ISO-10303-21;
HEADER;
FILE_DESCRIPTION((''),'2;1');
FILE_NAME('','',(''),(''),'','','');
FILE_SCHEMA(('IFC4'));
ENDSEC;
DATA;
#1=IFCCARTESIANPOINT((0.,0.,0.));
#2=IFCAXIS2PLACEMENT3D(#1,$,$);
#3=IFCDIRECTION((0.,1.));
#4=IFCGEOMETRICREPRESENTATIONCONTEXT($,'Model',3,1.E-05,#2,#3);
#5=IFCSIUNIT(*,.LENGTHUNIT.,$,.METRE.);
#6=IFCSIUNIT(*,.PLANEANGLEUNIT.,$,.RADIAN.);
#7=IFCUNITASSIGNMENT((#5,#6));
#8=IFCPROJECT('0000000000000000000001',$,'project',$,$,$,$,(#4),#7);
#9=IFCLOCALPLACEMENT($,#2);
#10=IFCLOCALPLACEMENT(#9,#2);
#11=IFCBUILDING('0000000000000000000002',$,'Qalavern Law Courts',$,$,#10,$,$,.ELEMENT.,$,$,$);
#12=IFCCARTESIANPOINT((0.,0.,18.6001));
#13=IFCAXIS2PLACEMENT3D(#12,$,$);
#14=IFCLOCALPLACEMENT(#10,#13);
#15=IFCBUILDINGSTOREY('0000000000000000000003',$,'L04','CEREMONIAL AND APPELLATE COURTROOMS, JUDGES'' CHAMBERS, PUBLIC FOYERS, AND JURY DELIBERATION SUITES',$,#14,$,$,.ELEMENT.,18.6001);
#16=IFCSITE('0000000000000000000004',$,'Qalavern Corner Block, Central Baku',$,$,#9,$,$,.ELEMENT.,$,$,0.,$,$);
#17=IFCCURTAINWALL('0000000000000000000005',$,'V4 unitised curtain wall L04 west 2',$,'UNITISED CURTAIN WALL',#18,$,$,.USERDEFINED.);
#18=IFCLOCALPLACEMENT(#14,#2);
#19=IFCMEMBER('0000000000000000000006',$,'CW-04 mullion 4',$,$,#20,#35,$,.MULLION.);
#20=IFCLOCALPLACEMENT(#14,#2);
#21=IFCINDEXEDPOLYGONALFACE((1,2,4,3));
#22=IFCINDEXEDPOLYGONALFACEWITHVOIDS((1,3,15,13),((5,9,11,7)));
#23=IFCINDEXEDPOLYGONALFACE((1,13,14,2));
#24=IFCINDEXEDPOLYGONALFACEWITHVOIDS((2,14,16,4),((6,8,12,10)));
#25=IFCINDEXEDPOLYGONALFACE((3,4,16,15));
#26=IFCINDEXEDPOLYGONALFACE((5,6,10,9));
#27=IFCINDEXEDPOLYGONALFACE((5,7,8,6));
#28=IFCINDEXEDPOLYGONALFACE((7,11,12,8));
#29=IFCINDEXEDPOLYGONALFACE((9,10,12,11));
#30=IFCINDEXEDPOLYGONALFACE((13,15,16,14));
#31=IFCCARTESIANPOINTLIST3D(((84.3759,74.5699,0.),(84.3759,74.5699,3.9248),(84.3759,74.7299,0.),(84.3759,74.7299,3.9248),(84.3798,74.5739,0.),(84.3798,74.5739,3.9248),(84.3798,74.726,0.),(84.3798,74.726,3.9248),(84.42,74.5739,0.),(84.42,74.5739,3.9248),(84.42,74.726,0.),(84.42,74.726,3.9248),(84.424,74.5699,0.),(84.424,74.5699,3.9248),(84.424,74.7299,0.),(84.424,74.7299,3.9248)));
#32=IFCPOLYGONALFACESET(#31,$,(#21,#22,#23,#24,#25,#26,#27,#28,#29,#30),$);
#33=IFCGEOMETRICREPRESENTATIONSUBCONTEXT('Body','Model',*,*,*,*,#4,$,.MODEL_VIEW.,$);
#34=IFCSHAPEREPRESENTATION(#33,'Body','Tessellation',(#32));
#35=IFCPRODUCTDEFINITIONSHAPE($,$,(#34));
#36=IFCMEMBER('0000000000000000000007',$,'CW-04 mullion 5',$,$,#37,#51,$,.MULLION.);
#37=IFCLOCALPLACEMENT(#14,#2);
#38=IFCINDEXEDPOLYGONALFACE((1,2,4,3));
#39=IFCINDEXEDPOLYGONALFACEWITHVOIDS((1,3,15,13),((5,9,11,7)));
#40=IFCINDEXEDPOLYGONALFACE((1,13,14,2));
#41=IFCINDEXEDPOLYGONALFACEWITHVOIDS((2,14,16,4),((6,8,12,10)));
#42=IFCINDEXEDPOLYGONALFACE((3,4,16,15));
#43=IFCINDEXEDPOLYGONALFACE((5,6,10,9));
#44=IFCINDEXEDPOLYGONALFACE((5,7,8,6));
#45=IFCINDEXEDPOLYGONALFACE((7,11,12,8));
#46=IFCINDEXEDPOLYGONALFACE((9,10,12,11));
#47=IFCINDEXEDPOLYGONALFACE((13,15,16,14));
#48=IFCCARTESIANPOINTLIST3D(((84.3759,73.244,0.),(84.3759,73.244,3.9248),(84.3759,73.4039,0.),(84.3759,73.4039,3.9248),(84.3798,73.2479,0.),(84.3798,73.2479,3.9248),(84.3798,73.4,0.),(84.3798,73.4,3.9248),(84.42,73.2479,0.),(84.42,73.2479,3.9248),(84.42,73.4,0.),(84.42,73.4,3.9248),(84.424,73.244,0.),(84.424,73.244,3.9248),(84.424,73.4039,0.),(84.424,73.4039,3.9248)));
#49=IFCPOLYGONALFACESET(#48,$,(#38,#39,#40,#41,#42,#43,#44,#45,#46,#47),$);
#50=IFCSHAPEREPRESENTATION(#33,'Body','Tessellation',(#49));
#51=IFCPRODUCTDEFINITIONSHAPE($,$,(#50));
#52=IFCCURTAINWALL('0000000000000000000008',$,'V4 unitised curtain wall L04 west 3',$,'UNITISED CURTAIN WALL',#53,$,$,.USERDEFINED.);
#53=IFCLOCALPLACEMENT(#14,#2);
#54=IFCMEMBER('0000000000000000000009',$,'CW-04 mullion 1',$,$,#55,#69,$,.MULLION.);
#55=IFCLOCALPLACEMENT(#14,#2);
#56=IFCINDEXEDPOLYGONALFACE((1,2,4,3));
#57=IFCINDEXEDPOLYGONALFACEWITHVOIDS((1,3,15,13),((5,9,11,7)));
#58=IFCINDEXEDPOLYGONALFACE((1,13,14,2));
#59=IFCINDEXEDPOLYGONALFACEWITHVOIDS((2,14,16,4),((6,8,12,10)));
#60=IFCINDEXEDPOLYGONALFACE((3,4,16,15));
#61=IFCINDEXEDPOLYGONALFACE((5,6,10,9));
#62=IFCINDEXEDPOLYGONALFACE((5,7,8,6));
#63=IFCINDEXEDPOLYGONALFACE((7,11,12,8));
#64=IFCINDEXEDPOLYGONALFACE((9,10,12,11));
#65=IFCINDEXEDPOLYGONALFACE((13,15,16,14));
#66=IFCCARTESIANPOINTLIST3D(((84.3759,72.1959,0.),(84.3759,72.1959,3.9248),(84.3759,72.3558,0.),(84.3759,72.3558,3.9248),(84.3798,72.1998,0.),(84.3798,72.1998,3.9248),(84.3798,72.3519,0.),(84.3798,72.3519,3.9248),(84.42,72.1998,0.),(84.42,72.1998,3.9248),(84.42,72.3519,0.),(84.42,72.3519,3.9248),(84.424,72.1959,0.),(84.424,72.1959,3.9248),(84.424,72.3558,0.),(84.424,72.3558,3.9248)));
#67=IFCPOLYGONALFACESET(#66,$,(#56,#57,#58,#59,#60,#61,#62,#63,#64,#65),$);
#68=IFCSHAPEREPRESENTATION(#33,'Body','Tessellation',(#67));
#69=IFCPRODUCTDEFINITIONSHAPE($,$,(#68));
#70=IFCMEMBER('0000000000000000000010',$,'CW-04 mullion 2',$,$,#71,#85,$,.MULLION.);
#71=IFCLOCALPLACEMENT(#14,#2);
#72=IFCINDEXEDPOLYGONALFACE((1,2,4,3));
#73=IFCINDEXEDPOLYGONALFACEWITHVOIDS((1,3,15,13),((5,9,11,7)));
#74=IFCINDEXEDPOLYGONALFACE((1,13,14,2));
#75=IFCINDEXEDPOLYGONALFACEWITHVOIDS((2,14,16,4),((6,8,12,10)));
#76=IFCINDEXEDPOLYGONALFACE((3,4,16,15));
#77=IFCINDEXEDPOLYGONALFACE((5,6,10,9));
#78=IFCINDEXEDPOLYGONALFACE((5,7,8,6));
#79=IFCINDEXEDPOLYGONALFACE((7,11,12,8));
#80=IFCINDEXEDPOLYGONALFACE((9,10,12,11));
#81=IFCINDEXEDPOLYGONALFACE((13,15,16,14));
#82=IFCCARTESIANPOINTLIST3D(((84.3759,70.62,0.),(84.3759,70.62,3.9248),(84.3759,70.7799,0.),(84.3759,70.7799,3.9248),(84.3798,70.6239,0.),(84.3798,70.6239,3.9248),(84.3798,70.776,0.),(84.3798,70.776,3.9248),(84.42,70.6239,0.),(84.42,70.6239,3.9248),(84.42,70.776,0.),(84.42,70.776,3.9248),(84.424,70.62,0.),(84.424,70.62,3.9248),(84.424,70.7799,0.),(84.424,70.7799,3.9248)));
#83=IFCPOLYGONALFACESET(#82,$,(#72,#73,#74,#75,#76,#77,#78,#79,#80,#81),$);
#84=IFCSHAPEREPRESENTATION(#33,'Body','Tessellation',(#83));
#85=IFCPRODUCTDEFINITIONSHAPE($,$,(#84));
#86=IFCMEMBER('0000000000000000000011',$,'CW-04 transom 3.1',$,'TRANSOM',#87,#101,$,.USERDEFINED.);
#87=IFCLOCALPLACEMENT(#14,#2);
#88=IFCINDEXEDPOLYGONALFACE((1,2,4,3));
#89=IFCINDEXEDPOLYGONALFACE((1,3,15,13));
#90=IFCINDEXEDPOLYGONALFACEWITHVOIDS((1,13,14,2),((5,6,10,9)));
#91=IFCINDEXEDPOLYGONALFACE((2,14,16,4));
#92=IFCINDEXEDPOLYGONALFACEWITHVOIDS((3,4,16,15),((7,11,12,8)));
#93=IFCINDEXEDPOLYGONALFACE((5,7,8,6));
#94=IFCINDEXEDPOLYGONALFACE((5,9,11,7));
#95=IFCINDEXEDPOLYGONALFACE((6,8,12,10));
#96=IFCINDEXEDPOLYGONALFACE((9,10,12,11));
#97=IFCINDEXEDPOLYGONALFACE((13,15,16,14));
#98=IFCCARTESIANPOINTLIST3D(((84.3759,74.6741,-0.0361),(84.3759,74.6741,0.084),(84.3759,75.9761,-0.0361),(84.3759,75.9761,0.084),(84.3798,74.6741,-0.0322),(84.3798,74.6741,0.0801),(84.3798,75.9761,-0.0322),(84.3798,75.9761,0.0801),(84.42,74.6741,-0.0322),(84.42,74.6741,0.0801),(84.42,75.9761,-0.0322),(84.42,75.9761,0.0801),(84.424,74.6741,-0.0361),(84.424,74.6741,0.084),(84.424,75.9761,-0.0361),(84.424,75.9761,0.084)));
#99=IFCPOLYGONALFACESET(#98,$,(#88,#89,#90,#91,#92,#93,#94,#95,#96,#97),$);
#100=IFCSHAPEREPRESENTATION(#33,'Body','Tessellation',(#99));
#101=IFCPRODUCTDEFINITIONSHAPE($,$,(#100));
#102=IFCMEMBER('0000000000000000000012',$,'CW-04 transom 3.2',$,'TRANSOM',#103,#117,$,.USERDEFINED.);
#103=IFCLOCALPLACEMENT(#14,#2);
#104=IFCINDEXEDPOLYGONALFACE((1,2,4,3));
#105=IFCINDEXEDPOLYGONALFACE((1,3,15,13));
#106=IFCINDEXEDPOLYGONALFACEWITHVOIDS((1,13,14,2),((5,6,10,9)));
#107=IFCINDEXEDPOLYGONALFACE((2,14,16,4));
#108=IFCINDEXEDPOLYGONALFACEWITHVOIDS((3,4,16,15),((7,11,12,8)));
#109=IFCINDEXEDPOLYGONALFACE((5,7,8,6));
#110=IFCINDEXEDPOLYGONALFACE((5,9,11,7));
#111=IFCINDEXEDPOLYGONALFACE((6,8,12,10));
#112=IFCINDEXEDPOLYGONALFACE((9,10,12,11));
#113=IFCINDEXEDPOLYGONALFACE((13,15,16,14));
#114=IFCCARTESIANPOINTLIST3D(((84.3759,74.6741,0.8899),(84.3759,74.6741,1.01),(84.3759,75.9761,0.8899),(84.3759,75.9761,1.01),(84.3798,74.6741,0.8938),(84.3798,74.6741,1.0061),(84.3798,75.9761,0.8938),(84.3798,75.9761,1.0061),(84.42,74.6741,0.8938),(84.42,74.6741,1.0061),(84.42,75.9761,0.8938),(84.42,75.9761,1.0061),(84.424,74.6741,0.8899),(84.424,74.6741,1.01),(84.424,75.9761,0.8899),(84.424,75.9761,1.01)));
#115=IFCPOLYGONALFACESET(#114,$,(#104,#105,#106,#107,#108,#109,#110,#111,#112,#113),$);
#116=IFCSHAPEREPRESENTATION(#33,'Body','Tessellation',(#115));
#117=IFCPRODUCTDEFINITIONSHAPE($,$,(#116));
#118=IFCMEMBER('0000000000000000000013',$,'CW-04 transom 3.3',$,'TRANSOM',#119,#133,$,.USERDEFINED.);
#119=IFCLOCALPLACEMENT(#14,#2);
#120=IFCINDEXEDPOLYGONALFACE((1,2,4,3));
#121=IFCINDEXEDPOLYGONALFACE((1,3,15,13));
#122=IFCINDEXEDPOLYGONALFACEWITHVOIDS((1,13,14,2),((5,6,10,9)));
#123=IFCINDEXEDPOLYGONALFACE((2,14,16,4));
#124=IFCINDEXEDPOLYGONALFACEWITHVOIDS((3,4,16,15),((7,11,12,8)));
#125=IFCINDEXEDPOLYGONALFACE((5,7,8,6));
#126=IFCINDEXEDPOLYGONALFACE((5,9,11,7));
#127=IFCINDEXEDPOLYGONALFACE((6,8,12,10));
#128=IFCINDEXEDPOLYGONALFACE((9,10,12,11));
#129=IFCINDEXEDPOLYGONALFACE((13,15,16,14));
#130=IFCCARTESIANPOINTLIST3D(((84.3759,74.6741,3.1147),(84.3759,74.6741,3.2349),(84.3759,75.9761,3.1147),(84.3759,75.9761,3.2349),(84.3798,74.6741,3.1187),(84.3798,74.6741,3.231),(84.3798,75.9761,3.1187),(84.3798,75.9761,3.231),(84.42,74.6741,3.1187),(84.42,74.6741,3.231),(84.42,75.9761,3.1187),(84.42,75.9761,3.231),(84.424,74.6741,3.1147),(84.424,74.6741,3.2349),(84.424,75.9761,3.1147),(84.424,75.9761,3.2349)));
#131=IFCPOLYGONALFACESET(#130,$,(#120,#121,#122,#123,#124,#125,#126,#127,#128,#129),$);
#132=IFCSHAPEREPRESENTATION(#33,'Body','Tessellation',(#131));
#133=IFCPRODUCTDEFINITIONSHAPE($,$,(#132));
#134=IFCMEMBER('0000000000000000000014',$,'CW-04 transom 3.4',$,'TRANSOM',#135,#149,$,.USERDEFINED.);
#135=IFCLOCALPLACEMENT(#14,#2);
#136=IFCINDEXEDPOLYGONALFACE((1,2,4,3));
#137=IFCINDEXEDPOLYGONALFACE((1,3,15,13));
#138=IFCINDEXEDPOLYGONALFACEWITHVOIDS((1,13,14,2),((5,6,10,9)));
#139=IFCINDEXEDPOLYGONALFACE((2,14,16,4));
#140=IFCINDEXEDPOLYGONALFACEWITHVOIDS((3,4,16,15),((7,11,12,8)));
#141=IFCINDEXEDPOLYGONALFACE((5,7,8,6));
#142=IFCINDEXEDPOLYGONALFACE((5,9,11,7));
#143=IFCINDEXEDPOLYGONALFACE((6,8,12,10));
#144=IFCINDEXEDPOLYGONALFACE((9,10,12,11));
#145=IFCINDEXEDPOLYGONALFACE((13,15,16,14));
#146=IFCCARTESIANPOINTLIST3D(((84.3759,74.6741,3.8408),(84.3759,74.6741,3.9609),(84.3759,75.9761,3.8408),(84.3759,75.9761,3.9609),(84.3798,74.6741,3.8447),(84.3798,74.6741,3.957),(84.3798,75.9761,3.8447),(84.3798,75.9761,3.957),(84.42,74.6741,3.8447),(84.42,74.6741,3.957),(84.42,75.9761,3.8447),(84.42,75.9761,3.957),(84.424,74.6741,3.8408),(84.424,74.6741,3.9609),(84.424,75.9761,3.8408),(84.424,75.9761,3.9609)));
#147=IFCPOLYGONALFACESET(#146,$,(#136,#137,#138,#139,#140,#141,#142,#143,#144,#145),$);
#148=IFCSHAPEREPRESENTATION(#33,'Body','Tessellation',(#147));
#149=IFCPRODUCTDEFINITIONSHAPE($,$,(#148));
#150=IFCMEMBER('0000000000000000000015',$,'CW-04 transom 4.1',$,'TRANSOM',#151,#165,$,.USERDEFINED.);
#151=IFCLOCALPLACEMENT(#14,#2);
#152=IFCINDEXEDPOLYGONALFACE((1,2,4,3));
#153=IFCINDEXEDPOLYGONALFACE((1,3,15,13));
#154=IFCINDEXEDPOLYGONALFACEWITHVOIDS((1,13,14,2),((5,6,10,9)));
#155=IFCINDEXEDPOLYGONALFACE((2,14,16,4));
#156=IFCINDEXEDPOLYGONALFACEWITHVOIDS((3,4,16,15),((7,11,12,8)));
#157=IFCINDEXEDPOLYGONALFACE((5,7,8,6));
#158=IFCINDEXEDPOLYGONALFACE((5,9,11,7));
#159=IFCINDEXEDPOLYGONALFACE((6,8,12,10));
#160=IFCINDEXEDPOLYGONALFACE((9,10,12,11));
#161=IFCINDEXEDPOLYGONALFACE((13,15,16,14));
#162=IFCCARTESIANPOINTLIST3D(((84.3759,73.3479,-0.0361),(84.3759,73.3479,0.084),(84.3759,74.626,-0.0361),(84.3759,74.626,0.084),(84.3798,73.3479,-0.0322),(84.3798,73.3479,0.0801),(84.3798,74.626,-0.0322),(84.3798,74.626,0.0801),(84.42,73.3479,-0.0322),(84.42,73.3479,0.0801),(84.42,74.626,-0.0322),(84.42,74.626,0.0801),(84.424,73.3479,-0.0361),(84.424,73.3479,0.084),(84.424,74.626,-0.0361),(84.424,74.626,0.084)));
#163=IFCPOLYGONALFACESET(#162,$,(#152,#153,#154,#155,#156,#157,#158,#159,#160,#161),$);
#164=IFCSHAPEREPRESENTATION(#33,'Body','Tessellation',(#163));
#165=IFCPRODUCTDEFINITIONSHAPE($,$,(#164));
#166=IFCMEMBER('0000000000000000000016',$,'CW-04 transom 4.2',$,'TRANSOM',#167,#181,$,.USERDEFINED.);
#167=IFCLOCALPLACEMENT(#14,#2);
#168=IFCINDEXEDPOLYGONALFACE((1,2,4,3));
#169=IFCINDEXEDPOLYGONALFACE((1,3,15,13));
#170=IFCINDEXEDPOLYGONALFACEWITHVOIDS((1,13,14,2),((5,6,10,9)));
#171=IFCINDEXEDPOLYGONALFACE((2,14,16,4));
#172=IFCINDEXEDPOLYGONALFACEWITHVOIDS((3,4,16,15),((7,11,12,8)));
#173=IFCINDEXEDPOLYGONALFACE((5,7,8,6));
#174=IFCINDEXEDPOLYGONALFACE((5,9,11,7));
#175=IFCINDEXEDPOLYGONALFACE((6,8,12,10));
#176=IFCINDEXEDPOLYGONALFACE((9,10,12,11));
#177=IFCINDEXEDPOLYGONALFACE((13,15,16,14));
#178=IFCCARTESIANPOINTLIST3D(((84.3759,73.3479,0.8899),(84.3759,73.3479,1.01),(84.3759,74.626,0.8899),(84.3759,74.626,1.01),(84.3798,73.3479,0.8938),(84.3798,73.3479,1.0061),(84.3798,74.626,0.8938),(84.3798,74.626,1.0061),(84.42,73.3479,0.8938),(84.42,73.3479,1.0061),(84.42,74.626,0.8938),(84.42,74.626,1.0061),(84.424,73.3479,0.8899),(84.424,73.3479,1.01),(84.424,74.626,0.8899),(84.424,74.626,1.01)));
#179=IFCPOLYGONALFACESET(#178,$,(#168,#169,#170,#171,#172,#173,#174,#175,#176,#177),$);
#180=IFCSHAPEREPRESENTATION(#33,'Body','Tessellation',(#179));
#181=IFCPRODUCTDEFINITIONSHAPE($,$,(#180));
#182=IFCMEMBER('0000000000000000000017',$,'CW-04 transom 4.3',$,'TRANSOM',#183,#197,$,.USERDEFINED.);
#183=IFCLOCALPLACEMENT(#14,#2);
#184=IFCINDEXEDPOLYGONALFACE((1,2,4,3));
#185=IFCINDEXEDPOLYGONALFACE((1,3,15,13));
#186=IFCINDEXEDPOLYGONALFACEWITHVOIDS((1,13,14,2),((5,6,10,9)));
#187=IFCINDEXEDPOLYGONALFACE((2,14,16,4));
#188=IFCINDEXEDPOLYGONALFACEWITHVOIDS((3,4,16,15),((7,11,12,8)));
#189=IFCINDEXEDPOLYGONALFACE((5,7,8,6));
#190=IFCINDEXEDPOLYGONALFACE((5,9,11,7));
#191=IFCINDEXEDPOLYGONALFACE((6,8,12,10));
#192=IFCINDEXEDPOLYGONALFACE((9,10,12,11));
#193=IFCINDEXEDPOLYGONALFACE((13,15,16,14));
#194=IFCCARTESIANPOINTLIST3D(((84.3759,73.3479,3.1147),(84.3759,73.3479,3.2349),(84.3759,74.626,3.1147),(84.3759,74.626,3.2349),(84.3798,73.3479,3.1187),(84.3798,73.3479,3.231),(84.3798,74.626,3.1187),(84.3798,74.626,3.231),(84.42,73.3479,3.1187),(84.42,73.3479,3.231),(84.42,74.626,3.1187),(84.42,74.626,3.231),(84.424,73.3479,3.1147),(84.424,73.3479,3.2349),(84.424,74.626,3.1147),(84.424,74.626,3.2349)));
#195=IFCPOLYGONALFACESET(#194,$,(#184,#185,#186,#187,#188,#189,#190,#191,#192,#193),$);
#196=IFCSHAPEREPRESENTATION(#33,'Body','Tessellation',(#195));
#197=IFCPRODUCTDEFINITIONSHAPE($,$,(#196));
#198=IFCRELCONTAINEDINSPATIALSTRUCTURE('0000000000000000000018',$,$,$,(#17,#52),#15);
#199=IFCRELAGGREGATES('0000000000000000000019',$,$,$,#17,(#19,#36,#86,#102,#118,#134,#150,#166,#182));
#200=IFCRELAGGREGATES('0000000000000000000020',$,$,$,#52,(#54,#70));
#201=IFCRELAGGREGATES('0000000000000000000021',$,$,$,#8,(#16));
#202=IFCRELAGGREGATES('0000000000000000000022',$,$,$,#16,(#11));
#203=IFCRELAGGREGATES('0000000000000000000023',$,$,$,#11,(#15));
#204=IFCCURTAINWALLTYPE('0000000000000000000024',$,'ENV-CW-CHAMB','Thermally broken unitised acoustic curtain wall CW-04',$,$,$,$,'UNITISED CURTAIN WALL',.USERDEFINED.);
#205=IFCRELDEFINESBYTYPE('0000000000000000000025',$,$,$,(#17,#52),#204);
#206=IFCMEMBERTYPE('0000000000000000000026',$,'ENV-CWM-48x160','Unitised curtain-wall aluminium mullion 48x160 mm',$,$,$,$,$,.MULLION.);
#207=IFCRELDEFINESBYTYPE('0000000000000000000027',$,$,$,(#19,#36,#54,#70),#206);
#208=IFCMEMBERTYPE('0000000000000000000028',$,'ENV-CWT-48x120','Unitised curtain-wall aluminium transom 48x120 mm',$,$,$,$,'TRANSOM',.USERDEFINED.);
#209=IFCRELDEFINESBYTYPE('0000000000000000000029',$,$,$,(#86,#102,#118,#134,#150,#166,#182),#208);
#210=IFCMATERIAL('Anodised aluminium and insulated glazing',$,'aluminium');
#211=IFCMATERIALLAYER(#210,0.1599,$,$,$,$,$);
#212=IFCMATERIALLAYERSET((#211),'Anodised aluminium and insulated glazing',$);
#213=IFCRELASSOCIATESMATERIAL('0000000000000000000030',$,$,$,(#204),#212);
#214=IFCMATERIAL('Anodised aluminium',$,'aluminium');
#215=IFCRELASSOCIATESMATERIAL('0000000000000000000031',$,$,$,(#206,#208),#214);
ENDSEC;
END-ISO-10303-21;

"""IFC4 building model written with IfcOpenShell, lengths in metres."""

from ifc_helpers import new_model, si_unit, direction, frame, origin, origin_2d, place, context, subcontext, project, spatial, hollow_rectangle, extrude, material, layer, layer_set, material_profile, profile_set, type_object, element, aggregate, save


model = new_model("IFC4")

# Units and contexts
model_context = context("Model", 3, precision=1e-05, world=origin(), true_north=direction((0.0, 1.0)))
body_context = subcontext(model_context, "Body", "Model", "MODEL_VIEW")
ifc_project = project(units=[si_unit("LENGTHUNIT", "METRE"), si_unit("PLANEANGLEUNIT", "RADIAN")], contexts=[model_context])

# Site, building, storey
site_placement = place(None, origin())
site = spatial("IfcSite", under=ifc_project, at=site_placement, Name="Qalavern Corner Block, Central Baku", CompositionType="ELEMENT", RefElevation=0.0)
building_placement = place(site_placement, origin())
building = spatial("IfcBuilding", under=site, at=building_placement, Name="Qalavern Law Courts", CompositionType="ELEMENT")
storey_placement = place(building_placement, frame((0.0, 0.0, 18.6001)))
storey = spatial("IfcBuildingStorey", under=building, at=storey_placement, Name="L04", Description="CEREMONIAL AND APPELLATE COURTROOMS, JUDGES' CHAMBERS, PUBLIC FOYERS, AND JURY DELIBERATION SUITES", CompositionType="ELEMENT", Elevation=18.6001)

# Curtain walls, members
ifc_material_1 = material(Name="Anodised aluminium and insulated glazing", Category="aluminium")
ifc_layer_1 = layer(ifc_material_1, 0.1599)
ifc_layer_set_1 = layer_set([ifc_layer_1], Name="Anodised aluminium and insulated glazing")
curtain_wall_type = type_object("IfcCurtainWallType", Name="ENV-CW-CHAMB", Description="Thermally broken unitised acoustic curtain wall CW-04", ElementType="UNITISED CURTAIN WALL", PredefinedType="USERDEFINED", material=ifc_layer_set_1)
curtain_wall_1_placement = place(storey_placement, origin())
curtain_wall_1 = element("IfcCurtainWall", 1, at=curtain_wall_1_placement, inside=storey, type_object=curtain_wall_type, Name="V4 unitised curtain wall L04 west 2", ObjectType="UNITISED CURTAIN WALL", PredefinedType="USERDEFINED")
ifc_material_2 = material(Name="Anodised aluminium", Category="aluminium")
ifc_material_profile_1 = material_profile(ifc_material_2, hollow_rectangle(XDim=0.0481, YDim=0.1599, WallThickness=0.0039, at=origin_2d()), Name="ALU MULLION 48x160")
ifc_profile_set_1 = profile_set([ifc_material_profile_1], Name="Anodised aluminium")
member_type_1 = type_object("IfcMemberType", Name="ENV-CWM-48x160", Description="Unitised curtain-wall aluminium mullion 48x160 mm", PredefinedType="MULLION", material=ifc_profile_set_1)
member_1_placement = place(storey_placement, frame((84.3999, 74.6499, 0.0), z_axis=(0.0, 0.0, 1.0), x_axis=(1.0, 0.0, 0.0)))
member_1 = element("IfcMember", 2, at=member_1_placement, type_object=member_type_1, Name="CW-04 mullion 4", PredefinedType="MULLION", context=body_context, shape_type="SweptSolid", body=[
    extrude(hollow_rectangle(XDim=0.0481, YDim=0.1599, WallThickness=0.0039, at=origin_2d()), origin(), (0.0, 0.0, 1.0), 3.9248),
])
member_2_placement = place(storey_placement, frame((84.3999, 73.324, 0.0), z_axis=(0.0, 0.0, 1.0), x_axis=(1.0, 0.0, 0.0)))
member_2 = element("IfcMember", 3, at=member_2_placement, type_object=member_type_1, Name="CW-04 mullion 5", PredefinedType="MULLION", context=body_context, shape_type="SweptSolid", body=[
    extrude(hollow_rectangle(XDim=0.0481, YDim=0.1599, WallThickness=0.0039, at=origin_2d()), origin(), (0.0, 0.0, 1.0), 3.9248),
])
curtain_wall_2_placement = place(storey_placement, origin())
curtain_wall_2 = element("IfcCurtainWall", 4, at=curtain_wall_2_placement, inside=storey, type_object=curtain_wall_type, Name="V4 unitised curtain wall L04 west 3", ObjectType="UNITISED CURTAIN WALL", PredefinedType="USERDEFINED")
member_3_placement = place(storey_placement, frame((84.3999, 72.2759, 0.0), z_axis=(0.0, 0.0, 1.0), x_axis=(1.0, 0.0, 0.0)))
member_3 = element("IfcMember", 5, at=member_3_placement, type_object=member_type_1, Name="CW-04 mullion 1", PredefinedType="MULLION", context=body_context, shape_type="SweptSolid", body=[
    extrude(hollow_rectangle(XDim=0.0481, YDim=0.1599, WallThickness=0.0039, at=origin_2d()), origin(), (0.0, 0.0, 1.0), 3.9248),
])
member_4_placement = place(storey_placement, frame((84.3999, 70.7, 0.0), z_axis=(0.0, 0.0, 1.0), x_axis=(1.0, 0.0, 0.0)))
member_4 = element("IfcMember", 6, at=member_4_placement, type_object=member_type_1, Name="CW-04 mullion 2", PredefinedType="MULLION", context=body_context, shape_type="SweptSolid", body=[
    extrude(hollow_rectangle(XDim=0.0481, YDim=0.1599, WallThickness=0.0039, at=origin_2d()), origin(), (0.0, 0.0, 1.0), 3.9248),
])

# Members
ifc_material_profile_2 = material_profile(ifc_material_2, hollow_rectangle(XDim=0.0481, YDim=0.1201, WallThickness=0.0039, at=origin_2d()), Name="ALU TRANSOM 48x120")
ifc_profile_set_2 = profile_set([ifc_material_profile_2], Name="Anodised aluminium")
member_type_2 = type_object("IfcMemberType", Name="ENV-CWT-48x120", Description="Unitised curtain-wall aluminium transom 48x120 mm", ElementType="TRANSOM", PredefinedType="USERDEFINED", material=ifc_profile_set_2)
member_5_placement = place(storey_placement, frame((84.3999, 75.9761, 0.0239), z_axis=(0.0, -1.0, 0.0), x_axis=(1.0, 0.0, 0.0)))
member_5 = element("IfcMember", 7, at=member_5_placement, type_object=member_type_2, Name="CW-04 transom 3.1", ObjectType="TRANSOM", PredefinedType="USERDEFINED", context=body_context, shape_type="SweptSolid", body=[
    extrude(hollow_rectangle(XDim=0.0481, YDim=0.1201, WallThickness=0.0039, at=origin_2d()), origin(), (0.0, 0.0, 1.0), 1.302),
])
member_6_placement = place(storey_placement, frame((84.3999, 75.9761, 0.95), z_axis=(0.0, -1.0, 0.0), x_axis=(1.0, 0.0, 0.0)))
member_6 = element("IfcMember", 8, at=member_6_placement, type_object=member_type_2, Name="CW-04 transom 3.2", ObjectType="TRANSOM", PredefinedType="USERDEFINED", context=body_context, shape_type="SweptSolid", body=[
    extrude(hollow_rectangle(XDim=0.0481, YDim=0.1201, WallThickness=0.0039, at=origin_2d()), origin(), (0.0, 0.0, 1.0), 1.302),
])
member_7_placement = place(storey_placement, frame((84.3999, 75.9761, 3.1748), z_axis=(0.0, -1.0, 0.0), x_axis=(1.0, 0.0, 0.0)))
member_7 = element("IfcMember", 9, at=member_7_placement, type_object=member_type_2, Name="CW-04 transom 3.3", ObjectType="TRANSOM", PredefinedType="USERDEFINED", context=body_context, shape_type="SweptSolid", body=[
    extrude(hollow_rectangle(XDim=0.0481, YDim=0.1201, WallThickness=0.0039, at=origin_2d()), origin(), (0.0, 0.0, 1.0), 1.302),
])
member_8_placement = place(storey_placement, frame((84.3999, 75.9761, 3.9009), z_axis=(0.0, -1.0, 0.0), x_axis=(1.0, 0.0, 0.0)))
member_8 = element("IfcMember", 10, at=member_8_placement, type_object=member_type_2, Name="CW-04 transom 3.4", ObjectType="TRANSOM", PredefinedType="USERDEFINED", context=body_context, shape_type="SweptSolid", body=[
    extrude(hollow_rectangle(XDim=0.0481, YDim=0.1201, WallThickness=0.0039, at=origin_2d()), origin(), (0.0, 0.0, 1.0), 1.302),
])
member_9_placement = place(storey_placement, frame((84.3999, 74.626, 0.0239), z_axis=(0.0, -1.0, 0.0), x_axis=(1.0, 0.0, 0.0)))
member_9 = element("IfcMember", 11, at=member_9_placement, type_object=member_type_2, Name="CW-04 transom 4.1", ObjectType="TRANSOM", PredefinedType="USERDEFINED", context=body_context, shape_type="SweptSolid", body=[
    extrude(hollow_rectangle(XDim=0.0481, YDim=0.1201, WallThickness=0.0039, at=origin_2d()), origin(), (0.0, 0.0, 1.0), 1.2781),
])
member_10_placement = place(storey_placement, frame((84.3999, 74.626, 0.95), z_axis=(0.0, -1.0, 0.0), x_axis=(1.0, 0.0, 0.0)))
member_10 = element("IfcMember", 12, at=member_10_placement, type_object=member_type_2, Name="CW-04 transom 4.2", ObjectType="TRANSOM", PredefinedType="USERDEFINED", context=body_context, shape_type="SweptSolid", body=[
    extrude(hollow_rectangle(XDim=0.0481, YDim=0.1201, WallThickness=0.0039, at=origin_2d()), origin(), (0.0, 0.0, 1.0), 1.2781),
])
member_11_placement = place(storey_placement, frame((84.3999, 74.626, 3.1748), z_axis=(0.0, -1.0, 0.0), x_axis=(1.0, 0.0, 0.0)))
member_11 = element("IfcMember", 13, at=member_11_placement, type_object=member_type_2, Name="CW-04 transom 4.3", ObjectType="TRANSOM", PredefinedType="USERDEFINED", context=body_context, shape_type="SweptSolid", body=[
    extrude(hollow_rectangle(XDim=0.0481, YDim=0.1201, WallThickness=0.0039, at=origin_2d()), origin(), (0.0, 0.0, 1.0), 1.2781),
])

aggregate(curtain_wall_1, [member_1, member_2, member_5, member_6, member_7, member_8, member_9, member_10, member_11])
aggregate(curtain_wall_2, [member_3, member_4])

save(model, "model.ifc")
